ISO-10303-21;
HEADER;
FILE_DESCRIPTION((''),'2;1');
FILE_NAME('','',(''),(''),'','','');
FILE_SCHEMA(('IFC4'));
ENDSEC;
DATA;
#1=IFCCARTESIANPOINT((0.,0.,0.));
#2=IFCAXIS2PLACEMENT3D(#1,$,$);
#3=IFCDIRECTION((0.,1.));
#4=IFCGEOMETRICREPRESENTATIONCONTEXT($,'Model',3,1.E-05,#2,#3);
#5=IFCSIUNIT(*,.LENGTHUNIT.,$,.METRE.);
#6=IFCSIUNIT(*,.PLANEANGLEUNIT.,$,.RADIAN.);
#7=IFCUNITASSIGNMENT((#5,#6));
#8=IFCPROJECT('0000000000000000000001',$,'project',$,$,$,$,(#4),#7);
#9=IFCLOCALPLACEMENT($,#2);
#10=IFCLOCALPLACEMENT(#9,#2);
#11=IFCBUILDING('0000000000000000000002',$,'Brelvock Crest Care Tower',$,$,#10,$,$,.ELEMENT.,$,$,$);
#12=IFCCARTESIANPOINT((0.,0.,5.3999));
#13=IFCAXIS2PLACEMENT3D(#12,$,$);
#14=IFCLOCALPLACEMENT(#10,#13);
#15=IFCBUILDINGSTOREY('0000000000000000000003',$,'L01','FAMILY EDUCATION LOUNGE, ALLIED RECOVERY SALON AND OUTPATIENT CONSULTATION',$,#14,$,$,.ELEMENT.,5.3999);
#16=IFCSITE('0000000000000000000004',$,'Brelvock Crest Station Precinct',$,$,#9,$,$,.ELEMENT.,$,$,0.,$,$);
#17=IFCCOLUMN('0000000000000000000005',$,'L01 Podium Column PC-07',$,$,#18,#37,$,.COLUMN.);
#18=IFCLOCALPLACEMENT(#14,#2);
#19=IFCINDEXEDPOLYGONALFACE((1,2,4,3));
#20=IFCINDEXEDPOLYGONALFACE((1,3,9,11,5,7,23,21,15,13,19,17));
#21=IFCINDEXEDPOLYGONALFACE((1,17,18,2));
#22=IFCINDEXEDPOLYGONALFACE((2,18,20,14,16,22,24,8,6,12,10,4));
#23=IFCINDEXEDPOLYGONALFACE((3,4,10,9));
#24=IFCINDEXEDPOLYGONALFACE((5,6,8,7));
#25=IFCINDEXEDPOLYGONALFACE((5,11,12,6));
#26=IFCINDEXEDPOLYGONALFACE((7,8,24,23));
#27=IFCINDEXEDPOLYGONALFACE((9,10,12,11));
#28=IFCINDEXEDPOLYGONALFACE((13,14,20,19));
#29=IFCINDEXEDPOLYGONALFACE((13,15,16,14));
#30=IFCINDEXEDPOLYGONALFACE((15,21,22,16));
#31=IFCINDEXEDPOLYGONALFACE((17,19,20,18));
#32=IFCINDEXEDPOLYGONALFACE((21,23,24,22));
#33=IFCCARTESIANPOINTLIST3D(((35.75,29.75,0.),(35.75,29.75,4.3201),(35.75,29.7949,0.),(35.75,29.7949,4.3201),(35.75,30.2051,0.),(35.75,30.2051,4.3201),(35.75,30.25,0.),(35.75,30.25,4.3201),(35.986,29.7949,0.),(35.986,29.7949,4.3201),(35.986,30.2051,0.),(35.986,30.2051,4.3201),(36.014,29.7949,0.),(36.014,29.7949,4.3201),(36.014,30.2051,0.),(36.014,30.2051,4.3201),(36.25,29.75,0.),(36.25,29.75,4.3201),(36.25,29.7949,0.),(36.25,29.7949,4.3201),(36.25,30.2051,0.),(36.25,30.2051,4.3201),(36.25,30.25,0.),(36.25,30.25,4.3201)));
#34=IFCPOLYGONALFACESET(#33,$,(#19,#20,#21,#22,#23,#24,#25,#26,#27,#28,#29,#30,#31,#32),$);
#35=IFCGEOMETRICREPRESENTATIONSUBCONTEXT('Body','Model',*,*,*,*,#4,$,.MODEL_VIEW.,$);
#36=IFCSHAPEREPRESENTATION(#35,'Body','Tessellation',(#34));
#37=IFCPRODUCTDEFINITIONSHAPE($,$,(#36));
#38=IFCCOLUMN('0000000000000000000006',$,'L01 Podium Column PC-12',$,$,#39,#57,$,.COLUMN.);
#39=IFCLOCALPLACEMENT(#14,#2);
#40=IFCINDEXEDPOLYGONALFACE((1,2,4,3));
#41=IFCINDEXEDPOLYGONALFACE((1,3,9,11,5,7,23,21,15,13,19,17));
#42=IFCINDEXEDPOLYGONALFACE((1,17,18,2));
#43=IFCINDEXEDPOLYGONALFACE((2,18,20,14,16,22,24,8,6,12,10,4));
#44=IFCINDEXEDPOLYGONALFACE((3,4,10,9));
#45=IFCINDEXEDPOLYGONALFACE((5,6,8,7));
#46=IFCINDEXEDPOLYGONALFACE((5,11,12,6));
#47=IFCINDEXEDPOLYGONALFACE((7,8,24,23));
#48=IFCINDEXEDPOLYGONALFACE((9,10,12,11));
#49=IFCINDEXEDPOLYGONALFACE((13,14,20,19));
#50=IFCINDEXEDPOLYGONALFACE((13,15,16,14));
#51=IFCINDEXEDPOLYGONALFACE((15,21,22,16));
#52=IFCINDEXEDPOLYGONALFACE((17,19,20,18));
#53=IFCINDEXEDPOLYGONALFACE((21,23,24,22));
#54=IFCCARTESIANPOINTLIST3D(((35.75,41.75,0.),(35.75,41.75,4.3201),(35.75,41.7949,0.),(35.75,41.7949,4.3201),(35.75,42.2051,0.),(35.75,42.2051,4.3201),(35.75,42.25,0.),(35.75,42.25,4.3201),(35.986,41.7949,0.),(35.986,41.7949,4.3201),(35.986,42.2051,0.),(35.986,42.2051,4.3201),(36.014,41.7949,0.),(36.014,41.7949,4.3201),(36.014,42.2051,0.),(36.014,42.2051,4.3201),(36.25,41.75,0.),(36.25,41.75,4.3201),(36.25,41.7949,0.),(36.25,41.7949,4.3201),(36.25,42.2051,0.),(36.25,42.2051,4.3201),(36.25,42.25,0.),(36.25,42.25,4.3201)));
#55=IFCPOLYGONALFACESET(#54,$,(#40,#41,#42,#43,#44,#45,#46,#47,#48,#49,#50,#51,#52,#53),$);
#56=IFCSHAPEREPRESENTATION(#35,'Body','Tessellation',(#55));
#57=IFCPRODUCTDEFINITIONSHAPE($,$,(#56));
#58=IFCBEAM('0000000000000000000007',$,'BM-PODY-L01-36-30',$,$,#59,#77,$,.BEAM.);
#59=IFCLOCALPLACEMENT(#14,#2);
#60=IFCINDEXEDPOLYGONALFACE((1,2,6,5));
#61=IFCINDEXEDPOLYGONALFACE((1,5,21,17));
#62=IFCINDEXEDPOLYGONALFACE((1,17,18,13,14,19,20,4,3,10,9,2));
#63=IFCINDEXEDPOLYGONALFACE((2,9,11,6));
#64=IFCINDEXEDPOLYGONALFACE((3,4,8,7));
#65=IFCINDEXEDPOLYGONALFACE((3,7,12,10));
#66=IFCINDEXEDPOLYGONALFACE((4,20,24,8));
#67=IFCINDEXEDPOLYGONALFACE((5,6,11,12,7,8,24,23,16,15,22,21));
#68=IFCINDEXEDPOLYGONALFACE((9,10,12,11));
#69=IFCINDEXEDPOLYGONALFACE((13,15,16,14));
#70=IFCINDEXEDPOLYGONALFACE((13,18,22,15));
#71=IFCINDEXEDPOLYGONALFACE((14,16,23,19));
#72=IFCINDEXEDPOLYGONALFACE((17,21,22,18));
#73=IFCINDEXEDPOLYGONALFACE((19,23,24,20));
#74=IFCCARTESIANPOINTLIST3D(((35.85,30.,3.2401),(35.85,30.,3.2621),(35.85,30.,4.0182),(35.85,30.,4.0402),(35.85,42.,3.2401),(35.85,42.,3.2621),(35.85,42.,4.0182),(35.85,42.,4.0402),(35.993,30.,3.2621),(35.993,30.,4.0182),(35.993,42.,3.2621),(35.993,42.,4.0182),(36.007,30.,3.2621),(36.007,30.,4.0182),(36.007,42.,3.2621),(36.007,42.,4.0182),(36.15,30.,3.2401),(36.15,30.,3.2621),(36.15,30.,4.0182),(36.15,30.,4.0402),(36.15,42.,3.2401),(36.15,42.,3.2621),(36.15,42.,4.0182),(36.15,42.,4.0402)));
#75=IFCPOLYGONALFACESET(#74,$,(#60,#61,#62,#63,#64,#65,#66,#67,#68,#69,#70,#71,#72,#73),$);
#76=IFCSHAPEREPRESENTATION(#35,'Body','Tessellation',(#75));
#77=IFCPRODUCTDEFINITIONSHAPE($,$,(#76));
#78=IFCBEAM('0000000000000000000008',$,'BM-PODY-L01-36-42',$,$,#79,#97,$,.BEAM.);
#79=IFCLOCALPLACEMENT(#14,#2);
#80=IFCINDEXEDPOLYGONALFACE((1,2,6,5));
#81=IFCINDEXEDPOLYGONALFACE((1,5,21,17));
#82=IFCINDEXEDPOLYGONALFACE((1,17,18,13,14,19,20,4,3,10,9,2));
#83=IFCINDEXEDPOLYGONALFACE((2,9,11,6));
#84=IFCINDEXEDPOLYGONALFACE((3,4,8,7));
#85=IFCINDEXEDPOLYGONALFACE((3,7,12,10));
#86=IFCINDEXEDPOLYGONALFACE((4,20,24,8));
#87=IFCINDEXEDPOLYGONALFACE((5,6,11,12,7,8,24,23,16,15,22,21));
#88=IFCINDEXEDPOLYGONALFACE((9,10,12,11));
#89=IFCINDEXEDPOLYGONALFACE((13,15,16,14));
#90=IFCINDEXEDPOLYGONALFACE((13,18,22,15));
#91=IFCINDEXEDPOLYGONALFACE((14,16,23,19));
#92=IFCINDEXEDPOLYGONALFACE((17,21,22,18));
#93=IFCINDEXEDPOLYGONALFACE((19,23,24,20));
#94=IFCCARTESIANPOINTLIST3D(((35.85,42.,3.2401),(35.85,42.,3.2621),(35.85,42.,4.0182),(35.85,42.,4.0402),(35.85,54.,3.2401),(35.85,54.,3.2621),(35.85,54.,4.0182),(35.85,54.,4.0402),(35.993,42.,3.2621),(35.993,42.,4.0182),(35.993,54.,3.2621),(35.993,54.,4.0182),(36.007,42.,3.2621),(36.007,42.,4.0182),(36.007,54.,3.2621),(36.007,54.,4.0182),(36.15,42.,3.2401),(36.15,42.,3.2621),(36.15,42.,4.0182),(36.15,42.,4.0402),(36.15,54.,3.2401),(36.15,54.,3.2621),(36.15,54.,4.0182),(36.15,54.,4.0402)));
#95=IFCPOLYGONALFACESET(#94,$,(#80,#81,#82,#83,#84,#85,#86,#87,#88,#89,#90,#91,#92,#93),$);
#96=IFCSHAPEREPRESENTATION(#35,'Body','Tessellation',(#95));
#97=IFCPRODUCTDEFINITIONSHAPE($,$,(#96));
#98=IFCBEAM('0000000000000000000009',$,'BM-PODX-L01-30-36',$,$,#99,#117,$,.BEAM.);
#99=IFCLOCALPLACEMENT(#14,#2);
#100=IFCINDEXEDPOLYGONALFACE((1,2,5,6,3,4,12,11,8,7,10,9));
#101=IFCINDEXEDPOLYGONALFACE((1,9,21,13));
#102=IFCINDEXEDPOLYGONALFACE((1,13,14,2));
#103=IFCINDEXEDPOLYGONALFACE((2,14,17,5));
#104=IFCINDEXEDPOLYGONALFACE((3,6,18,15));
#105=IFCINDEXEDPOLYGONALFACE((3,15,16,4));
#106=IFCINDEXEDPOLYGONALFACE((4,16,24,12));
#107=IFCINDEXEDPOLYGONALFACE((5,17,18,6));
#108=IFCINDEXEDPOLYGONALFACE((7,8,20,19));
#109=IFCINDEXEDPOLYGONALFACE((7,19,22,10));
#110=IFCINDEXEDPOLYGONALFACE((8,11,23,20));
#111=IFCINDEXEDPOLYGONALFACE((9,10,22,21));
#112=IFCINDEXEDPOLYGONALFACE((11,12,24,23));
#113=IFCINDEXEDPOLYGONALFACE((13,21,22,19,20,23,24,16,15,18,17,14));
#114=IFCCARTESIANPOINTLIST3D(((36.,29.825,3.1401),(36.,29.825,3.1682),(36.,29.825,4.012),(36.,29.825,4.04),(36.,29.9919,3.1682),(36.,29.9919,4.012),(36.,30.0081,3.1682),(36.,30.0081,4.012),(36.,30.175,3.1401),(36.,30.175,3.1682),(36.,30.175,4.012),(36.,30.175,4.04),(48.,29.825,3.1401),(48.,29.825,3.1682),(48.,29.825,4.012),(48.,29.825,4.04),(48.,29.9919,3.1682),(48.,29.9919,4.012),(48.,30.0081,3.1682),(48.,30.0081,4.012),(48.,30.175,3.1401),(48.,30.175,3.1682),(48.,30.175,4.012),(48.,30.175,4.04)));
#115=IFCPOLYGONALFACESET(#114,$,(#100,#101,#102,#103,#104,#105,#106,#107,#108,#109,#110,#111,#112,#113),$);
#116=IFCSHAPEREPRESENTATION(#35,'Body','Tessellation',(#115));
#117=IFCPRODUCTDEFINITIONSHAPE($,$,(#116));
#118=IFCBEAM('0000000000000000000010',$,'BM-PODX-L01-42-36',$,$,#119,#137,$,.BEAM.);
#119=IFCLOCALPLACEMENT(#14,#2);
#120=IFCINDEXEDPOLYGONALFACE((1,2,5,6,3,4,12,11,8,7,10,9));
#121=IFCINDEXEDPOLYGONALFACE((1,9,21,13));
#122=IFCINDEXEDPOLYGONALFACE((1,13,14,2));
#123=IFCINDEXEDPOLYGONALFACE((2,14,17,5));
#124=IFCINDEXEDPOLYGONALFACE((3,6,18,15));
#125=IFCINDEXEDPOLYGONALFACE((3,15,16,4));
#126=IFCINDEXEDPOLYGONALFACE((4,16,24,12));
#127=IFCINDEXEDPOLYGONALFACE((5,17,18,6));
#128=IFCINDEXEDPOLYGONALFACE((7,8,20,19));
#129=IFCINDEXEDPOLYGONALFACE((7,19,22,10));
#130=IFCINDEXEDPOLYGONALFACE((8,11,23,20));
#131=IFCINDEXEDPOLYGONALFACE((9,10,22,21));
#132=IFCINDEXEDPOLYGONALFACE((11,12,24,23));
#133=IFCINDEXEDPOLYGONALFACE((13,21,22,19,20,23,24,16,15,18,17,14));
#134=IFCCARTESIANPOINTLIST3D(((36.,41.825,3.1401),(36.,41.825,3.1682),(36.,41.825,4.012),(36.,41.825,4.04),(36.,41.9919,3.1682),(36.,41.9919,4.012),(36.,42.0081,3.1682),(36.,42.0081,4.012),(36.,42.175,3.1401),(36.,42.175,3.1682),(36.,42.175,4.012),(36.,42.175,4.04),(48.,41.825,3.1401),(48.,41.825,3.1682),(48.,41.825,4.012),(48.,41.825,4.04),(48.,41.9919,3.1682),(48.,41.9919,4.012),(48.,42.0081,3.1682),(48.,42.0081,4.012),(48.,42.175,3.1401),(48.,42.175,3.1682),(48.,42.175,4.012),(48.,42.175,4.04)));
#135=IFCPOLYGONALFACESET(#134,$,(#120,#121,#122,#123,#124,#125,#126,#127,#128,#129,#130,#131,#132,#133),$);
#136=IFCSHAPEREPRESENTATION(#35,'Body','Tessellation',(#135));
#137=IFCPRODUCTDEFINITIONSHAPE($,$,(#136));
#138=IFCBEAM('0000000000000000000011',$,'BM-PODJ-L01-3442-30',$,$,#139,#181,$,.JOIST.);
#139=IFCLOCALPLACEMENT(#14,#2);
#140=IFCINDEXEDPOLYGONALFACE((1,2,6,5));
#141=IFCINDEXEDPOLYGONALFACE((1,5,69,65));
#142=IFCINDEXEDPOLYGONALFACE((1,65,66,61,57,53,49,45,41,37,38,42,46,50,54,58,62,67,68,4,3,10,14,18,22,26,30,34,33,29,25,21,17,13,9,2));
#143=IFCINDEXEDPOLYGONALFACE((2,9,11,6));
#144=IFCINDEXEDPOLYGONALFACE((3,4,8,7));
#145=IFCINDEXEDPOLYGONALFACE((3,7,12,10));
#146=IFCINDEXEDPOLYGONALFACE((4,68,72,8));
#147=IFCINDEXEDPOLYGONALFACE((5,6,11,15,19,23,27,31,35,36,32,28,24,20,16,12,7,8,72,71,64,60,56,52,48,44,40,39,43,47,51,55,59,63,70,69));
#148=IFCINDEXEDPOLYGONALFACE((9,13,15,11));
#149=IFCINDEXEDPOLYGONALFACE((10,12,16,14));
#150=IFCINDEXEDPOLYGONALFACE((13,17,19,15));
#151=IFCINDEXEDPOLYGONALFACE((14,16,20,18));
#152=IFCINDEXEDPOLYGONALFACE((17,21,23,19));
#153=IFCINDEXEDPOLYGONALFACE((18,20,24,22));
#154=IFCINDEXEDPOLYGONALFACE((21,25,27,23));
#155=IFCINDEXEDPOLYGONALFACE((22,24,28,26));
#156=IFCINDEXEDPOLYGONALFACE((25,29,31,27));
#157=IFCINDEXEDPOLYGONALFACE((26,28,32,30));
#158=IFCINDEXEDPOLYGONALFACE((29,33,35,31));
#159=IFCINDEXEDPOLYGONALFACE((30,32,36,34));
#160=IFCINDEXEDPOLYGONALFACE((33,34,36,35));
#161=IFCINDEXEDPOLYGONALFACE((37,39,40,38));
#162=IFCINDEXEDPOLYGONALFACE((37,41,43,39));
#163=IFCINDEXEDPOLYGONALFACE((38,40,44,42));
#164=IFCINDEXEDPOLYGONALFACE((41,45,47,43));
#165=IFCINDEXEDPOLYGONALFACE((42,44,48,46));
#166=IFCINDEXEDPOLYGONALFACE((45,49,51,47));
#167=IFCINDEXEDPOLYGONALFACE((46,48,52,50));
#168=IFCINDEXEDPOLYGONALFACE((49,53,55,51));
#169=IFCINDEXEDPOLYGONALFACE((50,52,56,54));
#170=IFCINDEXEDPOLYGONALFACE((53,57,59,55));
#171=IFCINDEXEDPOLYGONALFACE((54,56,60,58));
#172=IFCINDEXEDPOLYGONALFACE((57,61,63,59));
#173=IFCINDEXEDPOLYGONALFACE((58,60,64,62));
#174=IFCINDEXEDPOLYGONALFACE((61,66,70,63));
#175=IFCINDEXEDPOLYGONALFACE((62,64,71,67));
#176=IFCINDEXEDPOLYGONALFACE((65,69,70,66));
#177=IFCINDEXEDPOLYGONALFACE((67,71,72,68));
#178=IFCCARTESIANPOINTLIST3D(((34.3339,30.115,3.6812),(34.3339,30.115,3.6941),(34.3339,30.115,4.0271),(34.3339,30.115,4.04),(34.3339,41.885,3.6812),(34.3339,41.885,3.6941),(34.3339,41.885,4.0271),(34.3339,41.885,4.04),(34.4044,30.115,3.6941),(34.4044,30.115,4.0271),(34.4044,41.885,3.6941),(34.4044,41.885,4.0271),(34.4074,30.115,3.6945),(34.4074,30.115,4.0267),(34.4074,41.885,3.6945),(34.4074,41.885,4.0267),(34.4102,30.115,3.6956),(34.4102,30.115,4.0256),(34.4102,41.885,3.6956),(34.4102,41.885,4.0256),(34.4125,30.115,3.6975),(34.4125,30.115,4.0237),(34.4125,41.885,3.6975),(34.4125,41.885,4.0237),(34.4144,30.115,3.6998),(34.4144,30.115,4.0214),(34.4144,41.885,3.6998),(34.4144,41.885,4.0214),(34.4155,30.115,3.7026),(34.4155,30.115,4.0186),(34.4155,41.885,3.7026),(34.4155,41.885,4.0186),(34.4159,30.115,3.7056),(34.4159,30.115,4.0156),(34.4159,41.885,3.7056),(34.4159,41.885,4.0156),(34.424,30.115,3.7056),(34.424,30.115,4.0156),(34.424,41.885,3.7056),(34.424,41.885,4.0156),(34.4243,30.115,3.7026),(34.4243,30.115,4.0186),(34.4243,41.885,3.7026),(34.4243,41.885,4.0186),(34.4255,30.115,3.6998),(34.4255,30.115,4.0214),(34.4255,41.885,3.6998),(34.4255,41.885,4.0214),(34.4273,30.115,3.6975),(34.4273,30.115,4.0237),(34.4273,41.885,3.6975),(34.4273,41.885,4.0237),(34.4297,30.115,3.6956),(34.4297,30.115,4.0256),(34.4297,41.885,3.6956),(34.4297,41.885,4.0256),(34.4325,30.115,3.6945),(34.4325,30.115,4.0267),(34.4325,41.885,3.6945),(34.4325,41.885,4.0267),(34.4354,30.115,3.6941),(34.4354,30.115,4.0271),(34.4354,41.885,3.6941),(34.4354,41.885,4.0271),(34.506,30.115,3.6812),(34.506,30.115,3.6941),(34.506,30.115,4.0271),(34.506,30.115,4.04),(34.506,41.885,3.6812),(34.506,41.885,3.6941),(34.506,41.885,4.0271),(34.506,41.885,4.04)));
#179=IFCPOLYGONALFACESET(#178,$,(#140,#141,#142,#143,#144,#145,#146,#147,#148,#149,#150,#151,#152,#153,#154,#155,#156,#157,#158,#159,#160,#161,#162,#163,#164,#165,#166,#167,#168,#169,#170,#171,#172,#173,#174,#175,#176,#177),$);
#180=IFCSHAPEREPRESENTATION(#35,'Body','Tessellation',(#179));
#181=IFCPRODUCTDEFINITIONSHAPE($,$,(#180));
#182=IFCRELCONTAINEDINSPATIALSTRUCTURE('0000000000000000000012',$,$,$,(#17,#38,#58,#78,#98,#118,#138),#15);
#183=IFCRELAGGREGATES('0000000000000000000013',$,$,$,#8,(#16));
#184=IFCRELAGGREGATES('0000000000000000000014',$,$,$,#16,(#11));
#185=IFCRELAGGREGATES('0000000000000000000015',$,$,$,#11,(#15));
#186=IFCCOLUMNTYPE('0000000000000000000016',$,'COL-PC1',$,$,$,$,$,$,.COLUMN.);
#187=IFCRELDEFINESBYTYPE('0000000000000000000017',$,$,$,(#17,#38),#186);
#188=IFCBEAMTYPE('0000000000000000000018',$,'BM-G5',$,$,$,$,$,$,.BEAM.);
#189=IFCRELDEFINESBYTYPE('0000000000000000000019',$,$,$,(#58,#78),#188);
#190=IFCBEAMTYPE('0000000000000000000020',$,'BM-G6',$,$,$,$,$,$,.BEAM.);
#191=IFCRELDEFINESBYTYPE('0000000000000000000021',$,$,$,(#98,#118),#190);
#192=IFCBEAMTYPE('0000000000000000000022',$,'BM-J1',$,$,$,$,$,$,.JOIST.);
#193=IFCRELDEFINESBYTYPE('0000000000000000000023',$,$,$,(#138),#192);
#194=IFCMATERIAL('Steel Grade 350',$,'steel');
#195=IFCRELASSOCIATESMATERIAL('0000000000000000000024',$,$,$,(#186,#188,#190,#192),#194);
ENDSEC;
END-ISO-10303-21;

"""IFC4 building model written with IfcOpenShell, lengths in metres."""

from ifc_helpers import new_model, si_unit, direction, frame, origin, origin_2d, place, context, subcontext, project, spatial, i_section, extrude, source, transform, mapped, material, material_profile, profile_set, type_object, element, save


model = new_model("IFC4")

# Units and contexts
model_context = context("Model", 3, precision=1e-05, world=origin(), true_north=direction((0.0, 1.0)))
body_context = subcontext(model_context, "Body", "Model", "MODEL_VIEW")
ifc_project = project(units=[si_unit("LENGTHUNIT", "METRE"), si_unit("PLANEANGLEUNIT", "RADIAN")], contexts=[model_context])

# Site, building, storey
site_placement = place(None, origin())
site = spatial("IfcSite", under=ifc_project, at=site_placement, Name="Brelvock Crest Station Precinct", CompositionType="ELEMENT", RefElevation=0.0)
building_placement = place(site_placement, origin())
building = spatial("IfcBuilding", under=site, at=building_placement, Name="Brelvock Crest Care Tower", CompositionType="ELEMENT")
storey_placement = place(building_placement, frame((0.0, 0.0, 5.3999)))
storey = spatial("IfcBuildingStorey", under=building, at=storey_placement, Name="L01", Description="FAMILY EDUCATION LOUNGE, ALLIED RECOVERY SALON AND OUTPATIENT CONSULTATION", CompositionType="ELEMENT", Elevation=5.3999)

# Columns
ifc_material_1 = material(Name="Steel Grade 350", Category="steel")
ifc_material_profile_1 = material_profile(ifc_material_1, i_section(OverallWidth=0.5, OverallDepth=0.5, WebThickness=0.0281, FlangeThickness=0.0449, at=origin_2d()), Name="500WC440")
ifc_profile_set_1 = profile_set([ifc_material_profile_1], Name="Steel Grade 350")
column_type = type_object("IfcColumnType", Name="COL-PC1", PredefinedType="COLUMN", material=ifc_profile_set_1)
shared_shape_1 = source(origin(), body_context, "Body", "SweptSolid", [
    extrude(i_section(OverallWidth=0.5, OverallDepth=0.5, WebThickness=0.0281, FlangeThickness=0.0449, at=origin_2d()), origin(), (0.0, 0.0, 1.0), 4.3201),
])
for number, where, z_axis, x_axis, name in (
    (1, (36.0, 30.0, 0.0), (0.0, 0.0, 1.0), (1.0, 0.0, 0.0), "L01 Podium Column PC-07"),
    (2, (36.0, 42.0, 0.0), (0.0, 0.0, 1.0), (1.0, 0.0, 0.0), "L01 Podium Column PC-12"),
):
    element("IfcColumn", number, at=place(storey_placement, frame(where, z_axis=z_axis, x_axis=x_axis)), inside=storey, type_object=column_type, Name=name, PredefinedType="COLUMN", context=body_context, shape_type="MappedRepresentation", body=[
        mapped(shared_shape_1, transform((0.0, 0.0, 0.0), x_axis=(1.0, 0.0, 0.0), y_axis=(0.0, 1.0, 0.0), z_axis=(0.0, 0.0, 1.0), scale=1.0)),
    ])

# Beams
ifc_material_profile_2 = material_profile(ifc_material_1, i_section(OverallWidth=0.3, OverallDepth=0.8, WebThickness=0.0139, FlangeThickness=0.022, at=origin_2d()), Name="800WB192")
ifc_profile_set_2 = profile_set([ifc_material_profile_2], Name="Steel Grade 350")
beam_type_1 = type_object("IfcBeamType", Name="BM-G5", PredefinedType="BEAM", material=ifc_profile_set_2)
shared_shape_2 = source(origin(), body_context, "Body", "SweptSolid", [
    extrude(i_section(OverallWidth=0.3, OverallDepth=0.8, WebThickness=0.0139, FlangeThickness=0.022, at=origin_2d()), origin(), (0.0, 0.0, 1.0), 12.0),
])
for number, where, z_axis, x_axis, name in (
    (3, (36.0, 30.0, 3.6401), (0.0, 1.0, 0.0), (-1.0, 0.0, 0.0), "BM-PODY-L01-36-30"),
    (4, (36.0, 42.0, 3.6401), (0.0, 1.0, 0.0), (-1.0, 0.0, 0.0), "BM-PODY-L01-36-42"),
):
    element("IfcBeam", number, at=place(storey_placement, frame(where, z_axis=z_axis, x_axis=x_axis)), inside=storey, type_object=beam_type_1, Name=name, PredefinedType="BEAM", context=body_context, shape_type="MappedRepresentation", body=[
        mapped(shared_shape_2, transform((0.0, 0.0, 0.0), x_axis=(1.0, 0.0, 0.0), y_axis=(0.0, 1.0, 0.0), z_axis=(0.0, 0.0, 1.0), scale=1.0)),
    ])
ifc_material_profile_3 = material_profile(ifc_material_1, i_section(OverallWidth=0.3501, OverallDepth=0.8999, WebThickness=0.0161, FlangeThickness=0.0281, at=origin_2d()), Name="900WB257")
ifc_profile_set_3 = profile_set([ifc_material_profile_3], Name="Steel Grade 350")
beam_type_2 = type_object("IfcBeamType", Name="BM-G6", PredefinedType="BEAM", material=ifc_profile_set_3)
shared_shape_3 = source(origin(), body_context, "Body", "SweptSolid", [
    extrude(i_section(OverallWidth=0.3501, OverallDepth=0.8999, WebThickness=0.0161, FlangeThickness=0.0281, at=origin_2d()), origin(), (0.0, 0.0, 1.0), 12.0),
])
for number, where, z_axis, x_axis, name in (
    (5, (36.0, 30.0, 3.5901), (1.0, 0.0, 0.0), (0.0, 1.0, 0.0), "BM-PODX-L01-30-36"),
    (6, (36.0, 42.0, 3.5901), (1.0, 0.0, 0.0), (0.0, 1.0, 0.0), "BM-PODX-L01-42-36"),
):
    element("IfcBeam", number, at=place(storey_placement, frame(where, z_axis=z_axis, x_axis=x_axis)), inside=storey, type_object=beam_type_2, Name=name, PredefinedType="BEAM", context=body_context, shape_type="MappedRepresentation", body=[
        mapped(shared_shape_3, transform((0.0, 0.0, 0.0), x_axis=(1.0, 0.0, 0.0), y_axis=(0.0, 1.0, 0.0), z_axis=(0.0, 0.0, 1.0), scale=1.0)),
    ])
ifc_material_profile_4 = material_profile(ifc_material_1, i_section(OverallWidth=0.1721, OverallDepth=0.3589, WebThickness=0.0081, FlangeThickness=0.0129, FilletRadius=0.0115, at=origin_2d()), Name="360UB56.7")
ifc_profile_set_4 = profile_set([ifc_material_profile_4], Name="Steel Grade 350")
beam_type_3 = type_object("IfcBeamType", Name="BM-J1", PredefinedType="JOIST", material=ifc_profile_set_4)
shared_shape_4 = source(origin(), body_context, "Body", "SweptSolid", [
    extrude(i_section(OverallWidth=0.1721, OverallDepth=0.3589, WebThickness=0.0081, FlangeThickness=0.0129, FilletRadius=0.0115, at=origin_2d()), origin(), (0.0, 0.0, 1.0), 11.77),
])
for number, where, z_axis, x_axis, name in (
    (7, (34.4199, 30.115, 3.8606), (0.0, 1.0, 0.0), (-1.0, 0.0, 0.0), "BM-PODJ-L01-3442-30"),
):
    element("IfcBeam", number, at=place(storey_placement, frame(where, z_axis=z_axis, x_axis=x_axis)), inside=storey, type_object=beam_type_3, Name=name, PredefinedType="JOIST", context=body_context, shape_type="MappedRepresentation", body=[
        mapped(shared_shape_4, transform((0.0, 0.0, 0.0), x_axis=(1.0, 0.0, 0.0), y_axis=(0.0, 1.0, 0.0), z_axis=(0.0, 0.0, 1.0), scale=1.0)),
    ])

save(model, "model.ifc")
